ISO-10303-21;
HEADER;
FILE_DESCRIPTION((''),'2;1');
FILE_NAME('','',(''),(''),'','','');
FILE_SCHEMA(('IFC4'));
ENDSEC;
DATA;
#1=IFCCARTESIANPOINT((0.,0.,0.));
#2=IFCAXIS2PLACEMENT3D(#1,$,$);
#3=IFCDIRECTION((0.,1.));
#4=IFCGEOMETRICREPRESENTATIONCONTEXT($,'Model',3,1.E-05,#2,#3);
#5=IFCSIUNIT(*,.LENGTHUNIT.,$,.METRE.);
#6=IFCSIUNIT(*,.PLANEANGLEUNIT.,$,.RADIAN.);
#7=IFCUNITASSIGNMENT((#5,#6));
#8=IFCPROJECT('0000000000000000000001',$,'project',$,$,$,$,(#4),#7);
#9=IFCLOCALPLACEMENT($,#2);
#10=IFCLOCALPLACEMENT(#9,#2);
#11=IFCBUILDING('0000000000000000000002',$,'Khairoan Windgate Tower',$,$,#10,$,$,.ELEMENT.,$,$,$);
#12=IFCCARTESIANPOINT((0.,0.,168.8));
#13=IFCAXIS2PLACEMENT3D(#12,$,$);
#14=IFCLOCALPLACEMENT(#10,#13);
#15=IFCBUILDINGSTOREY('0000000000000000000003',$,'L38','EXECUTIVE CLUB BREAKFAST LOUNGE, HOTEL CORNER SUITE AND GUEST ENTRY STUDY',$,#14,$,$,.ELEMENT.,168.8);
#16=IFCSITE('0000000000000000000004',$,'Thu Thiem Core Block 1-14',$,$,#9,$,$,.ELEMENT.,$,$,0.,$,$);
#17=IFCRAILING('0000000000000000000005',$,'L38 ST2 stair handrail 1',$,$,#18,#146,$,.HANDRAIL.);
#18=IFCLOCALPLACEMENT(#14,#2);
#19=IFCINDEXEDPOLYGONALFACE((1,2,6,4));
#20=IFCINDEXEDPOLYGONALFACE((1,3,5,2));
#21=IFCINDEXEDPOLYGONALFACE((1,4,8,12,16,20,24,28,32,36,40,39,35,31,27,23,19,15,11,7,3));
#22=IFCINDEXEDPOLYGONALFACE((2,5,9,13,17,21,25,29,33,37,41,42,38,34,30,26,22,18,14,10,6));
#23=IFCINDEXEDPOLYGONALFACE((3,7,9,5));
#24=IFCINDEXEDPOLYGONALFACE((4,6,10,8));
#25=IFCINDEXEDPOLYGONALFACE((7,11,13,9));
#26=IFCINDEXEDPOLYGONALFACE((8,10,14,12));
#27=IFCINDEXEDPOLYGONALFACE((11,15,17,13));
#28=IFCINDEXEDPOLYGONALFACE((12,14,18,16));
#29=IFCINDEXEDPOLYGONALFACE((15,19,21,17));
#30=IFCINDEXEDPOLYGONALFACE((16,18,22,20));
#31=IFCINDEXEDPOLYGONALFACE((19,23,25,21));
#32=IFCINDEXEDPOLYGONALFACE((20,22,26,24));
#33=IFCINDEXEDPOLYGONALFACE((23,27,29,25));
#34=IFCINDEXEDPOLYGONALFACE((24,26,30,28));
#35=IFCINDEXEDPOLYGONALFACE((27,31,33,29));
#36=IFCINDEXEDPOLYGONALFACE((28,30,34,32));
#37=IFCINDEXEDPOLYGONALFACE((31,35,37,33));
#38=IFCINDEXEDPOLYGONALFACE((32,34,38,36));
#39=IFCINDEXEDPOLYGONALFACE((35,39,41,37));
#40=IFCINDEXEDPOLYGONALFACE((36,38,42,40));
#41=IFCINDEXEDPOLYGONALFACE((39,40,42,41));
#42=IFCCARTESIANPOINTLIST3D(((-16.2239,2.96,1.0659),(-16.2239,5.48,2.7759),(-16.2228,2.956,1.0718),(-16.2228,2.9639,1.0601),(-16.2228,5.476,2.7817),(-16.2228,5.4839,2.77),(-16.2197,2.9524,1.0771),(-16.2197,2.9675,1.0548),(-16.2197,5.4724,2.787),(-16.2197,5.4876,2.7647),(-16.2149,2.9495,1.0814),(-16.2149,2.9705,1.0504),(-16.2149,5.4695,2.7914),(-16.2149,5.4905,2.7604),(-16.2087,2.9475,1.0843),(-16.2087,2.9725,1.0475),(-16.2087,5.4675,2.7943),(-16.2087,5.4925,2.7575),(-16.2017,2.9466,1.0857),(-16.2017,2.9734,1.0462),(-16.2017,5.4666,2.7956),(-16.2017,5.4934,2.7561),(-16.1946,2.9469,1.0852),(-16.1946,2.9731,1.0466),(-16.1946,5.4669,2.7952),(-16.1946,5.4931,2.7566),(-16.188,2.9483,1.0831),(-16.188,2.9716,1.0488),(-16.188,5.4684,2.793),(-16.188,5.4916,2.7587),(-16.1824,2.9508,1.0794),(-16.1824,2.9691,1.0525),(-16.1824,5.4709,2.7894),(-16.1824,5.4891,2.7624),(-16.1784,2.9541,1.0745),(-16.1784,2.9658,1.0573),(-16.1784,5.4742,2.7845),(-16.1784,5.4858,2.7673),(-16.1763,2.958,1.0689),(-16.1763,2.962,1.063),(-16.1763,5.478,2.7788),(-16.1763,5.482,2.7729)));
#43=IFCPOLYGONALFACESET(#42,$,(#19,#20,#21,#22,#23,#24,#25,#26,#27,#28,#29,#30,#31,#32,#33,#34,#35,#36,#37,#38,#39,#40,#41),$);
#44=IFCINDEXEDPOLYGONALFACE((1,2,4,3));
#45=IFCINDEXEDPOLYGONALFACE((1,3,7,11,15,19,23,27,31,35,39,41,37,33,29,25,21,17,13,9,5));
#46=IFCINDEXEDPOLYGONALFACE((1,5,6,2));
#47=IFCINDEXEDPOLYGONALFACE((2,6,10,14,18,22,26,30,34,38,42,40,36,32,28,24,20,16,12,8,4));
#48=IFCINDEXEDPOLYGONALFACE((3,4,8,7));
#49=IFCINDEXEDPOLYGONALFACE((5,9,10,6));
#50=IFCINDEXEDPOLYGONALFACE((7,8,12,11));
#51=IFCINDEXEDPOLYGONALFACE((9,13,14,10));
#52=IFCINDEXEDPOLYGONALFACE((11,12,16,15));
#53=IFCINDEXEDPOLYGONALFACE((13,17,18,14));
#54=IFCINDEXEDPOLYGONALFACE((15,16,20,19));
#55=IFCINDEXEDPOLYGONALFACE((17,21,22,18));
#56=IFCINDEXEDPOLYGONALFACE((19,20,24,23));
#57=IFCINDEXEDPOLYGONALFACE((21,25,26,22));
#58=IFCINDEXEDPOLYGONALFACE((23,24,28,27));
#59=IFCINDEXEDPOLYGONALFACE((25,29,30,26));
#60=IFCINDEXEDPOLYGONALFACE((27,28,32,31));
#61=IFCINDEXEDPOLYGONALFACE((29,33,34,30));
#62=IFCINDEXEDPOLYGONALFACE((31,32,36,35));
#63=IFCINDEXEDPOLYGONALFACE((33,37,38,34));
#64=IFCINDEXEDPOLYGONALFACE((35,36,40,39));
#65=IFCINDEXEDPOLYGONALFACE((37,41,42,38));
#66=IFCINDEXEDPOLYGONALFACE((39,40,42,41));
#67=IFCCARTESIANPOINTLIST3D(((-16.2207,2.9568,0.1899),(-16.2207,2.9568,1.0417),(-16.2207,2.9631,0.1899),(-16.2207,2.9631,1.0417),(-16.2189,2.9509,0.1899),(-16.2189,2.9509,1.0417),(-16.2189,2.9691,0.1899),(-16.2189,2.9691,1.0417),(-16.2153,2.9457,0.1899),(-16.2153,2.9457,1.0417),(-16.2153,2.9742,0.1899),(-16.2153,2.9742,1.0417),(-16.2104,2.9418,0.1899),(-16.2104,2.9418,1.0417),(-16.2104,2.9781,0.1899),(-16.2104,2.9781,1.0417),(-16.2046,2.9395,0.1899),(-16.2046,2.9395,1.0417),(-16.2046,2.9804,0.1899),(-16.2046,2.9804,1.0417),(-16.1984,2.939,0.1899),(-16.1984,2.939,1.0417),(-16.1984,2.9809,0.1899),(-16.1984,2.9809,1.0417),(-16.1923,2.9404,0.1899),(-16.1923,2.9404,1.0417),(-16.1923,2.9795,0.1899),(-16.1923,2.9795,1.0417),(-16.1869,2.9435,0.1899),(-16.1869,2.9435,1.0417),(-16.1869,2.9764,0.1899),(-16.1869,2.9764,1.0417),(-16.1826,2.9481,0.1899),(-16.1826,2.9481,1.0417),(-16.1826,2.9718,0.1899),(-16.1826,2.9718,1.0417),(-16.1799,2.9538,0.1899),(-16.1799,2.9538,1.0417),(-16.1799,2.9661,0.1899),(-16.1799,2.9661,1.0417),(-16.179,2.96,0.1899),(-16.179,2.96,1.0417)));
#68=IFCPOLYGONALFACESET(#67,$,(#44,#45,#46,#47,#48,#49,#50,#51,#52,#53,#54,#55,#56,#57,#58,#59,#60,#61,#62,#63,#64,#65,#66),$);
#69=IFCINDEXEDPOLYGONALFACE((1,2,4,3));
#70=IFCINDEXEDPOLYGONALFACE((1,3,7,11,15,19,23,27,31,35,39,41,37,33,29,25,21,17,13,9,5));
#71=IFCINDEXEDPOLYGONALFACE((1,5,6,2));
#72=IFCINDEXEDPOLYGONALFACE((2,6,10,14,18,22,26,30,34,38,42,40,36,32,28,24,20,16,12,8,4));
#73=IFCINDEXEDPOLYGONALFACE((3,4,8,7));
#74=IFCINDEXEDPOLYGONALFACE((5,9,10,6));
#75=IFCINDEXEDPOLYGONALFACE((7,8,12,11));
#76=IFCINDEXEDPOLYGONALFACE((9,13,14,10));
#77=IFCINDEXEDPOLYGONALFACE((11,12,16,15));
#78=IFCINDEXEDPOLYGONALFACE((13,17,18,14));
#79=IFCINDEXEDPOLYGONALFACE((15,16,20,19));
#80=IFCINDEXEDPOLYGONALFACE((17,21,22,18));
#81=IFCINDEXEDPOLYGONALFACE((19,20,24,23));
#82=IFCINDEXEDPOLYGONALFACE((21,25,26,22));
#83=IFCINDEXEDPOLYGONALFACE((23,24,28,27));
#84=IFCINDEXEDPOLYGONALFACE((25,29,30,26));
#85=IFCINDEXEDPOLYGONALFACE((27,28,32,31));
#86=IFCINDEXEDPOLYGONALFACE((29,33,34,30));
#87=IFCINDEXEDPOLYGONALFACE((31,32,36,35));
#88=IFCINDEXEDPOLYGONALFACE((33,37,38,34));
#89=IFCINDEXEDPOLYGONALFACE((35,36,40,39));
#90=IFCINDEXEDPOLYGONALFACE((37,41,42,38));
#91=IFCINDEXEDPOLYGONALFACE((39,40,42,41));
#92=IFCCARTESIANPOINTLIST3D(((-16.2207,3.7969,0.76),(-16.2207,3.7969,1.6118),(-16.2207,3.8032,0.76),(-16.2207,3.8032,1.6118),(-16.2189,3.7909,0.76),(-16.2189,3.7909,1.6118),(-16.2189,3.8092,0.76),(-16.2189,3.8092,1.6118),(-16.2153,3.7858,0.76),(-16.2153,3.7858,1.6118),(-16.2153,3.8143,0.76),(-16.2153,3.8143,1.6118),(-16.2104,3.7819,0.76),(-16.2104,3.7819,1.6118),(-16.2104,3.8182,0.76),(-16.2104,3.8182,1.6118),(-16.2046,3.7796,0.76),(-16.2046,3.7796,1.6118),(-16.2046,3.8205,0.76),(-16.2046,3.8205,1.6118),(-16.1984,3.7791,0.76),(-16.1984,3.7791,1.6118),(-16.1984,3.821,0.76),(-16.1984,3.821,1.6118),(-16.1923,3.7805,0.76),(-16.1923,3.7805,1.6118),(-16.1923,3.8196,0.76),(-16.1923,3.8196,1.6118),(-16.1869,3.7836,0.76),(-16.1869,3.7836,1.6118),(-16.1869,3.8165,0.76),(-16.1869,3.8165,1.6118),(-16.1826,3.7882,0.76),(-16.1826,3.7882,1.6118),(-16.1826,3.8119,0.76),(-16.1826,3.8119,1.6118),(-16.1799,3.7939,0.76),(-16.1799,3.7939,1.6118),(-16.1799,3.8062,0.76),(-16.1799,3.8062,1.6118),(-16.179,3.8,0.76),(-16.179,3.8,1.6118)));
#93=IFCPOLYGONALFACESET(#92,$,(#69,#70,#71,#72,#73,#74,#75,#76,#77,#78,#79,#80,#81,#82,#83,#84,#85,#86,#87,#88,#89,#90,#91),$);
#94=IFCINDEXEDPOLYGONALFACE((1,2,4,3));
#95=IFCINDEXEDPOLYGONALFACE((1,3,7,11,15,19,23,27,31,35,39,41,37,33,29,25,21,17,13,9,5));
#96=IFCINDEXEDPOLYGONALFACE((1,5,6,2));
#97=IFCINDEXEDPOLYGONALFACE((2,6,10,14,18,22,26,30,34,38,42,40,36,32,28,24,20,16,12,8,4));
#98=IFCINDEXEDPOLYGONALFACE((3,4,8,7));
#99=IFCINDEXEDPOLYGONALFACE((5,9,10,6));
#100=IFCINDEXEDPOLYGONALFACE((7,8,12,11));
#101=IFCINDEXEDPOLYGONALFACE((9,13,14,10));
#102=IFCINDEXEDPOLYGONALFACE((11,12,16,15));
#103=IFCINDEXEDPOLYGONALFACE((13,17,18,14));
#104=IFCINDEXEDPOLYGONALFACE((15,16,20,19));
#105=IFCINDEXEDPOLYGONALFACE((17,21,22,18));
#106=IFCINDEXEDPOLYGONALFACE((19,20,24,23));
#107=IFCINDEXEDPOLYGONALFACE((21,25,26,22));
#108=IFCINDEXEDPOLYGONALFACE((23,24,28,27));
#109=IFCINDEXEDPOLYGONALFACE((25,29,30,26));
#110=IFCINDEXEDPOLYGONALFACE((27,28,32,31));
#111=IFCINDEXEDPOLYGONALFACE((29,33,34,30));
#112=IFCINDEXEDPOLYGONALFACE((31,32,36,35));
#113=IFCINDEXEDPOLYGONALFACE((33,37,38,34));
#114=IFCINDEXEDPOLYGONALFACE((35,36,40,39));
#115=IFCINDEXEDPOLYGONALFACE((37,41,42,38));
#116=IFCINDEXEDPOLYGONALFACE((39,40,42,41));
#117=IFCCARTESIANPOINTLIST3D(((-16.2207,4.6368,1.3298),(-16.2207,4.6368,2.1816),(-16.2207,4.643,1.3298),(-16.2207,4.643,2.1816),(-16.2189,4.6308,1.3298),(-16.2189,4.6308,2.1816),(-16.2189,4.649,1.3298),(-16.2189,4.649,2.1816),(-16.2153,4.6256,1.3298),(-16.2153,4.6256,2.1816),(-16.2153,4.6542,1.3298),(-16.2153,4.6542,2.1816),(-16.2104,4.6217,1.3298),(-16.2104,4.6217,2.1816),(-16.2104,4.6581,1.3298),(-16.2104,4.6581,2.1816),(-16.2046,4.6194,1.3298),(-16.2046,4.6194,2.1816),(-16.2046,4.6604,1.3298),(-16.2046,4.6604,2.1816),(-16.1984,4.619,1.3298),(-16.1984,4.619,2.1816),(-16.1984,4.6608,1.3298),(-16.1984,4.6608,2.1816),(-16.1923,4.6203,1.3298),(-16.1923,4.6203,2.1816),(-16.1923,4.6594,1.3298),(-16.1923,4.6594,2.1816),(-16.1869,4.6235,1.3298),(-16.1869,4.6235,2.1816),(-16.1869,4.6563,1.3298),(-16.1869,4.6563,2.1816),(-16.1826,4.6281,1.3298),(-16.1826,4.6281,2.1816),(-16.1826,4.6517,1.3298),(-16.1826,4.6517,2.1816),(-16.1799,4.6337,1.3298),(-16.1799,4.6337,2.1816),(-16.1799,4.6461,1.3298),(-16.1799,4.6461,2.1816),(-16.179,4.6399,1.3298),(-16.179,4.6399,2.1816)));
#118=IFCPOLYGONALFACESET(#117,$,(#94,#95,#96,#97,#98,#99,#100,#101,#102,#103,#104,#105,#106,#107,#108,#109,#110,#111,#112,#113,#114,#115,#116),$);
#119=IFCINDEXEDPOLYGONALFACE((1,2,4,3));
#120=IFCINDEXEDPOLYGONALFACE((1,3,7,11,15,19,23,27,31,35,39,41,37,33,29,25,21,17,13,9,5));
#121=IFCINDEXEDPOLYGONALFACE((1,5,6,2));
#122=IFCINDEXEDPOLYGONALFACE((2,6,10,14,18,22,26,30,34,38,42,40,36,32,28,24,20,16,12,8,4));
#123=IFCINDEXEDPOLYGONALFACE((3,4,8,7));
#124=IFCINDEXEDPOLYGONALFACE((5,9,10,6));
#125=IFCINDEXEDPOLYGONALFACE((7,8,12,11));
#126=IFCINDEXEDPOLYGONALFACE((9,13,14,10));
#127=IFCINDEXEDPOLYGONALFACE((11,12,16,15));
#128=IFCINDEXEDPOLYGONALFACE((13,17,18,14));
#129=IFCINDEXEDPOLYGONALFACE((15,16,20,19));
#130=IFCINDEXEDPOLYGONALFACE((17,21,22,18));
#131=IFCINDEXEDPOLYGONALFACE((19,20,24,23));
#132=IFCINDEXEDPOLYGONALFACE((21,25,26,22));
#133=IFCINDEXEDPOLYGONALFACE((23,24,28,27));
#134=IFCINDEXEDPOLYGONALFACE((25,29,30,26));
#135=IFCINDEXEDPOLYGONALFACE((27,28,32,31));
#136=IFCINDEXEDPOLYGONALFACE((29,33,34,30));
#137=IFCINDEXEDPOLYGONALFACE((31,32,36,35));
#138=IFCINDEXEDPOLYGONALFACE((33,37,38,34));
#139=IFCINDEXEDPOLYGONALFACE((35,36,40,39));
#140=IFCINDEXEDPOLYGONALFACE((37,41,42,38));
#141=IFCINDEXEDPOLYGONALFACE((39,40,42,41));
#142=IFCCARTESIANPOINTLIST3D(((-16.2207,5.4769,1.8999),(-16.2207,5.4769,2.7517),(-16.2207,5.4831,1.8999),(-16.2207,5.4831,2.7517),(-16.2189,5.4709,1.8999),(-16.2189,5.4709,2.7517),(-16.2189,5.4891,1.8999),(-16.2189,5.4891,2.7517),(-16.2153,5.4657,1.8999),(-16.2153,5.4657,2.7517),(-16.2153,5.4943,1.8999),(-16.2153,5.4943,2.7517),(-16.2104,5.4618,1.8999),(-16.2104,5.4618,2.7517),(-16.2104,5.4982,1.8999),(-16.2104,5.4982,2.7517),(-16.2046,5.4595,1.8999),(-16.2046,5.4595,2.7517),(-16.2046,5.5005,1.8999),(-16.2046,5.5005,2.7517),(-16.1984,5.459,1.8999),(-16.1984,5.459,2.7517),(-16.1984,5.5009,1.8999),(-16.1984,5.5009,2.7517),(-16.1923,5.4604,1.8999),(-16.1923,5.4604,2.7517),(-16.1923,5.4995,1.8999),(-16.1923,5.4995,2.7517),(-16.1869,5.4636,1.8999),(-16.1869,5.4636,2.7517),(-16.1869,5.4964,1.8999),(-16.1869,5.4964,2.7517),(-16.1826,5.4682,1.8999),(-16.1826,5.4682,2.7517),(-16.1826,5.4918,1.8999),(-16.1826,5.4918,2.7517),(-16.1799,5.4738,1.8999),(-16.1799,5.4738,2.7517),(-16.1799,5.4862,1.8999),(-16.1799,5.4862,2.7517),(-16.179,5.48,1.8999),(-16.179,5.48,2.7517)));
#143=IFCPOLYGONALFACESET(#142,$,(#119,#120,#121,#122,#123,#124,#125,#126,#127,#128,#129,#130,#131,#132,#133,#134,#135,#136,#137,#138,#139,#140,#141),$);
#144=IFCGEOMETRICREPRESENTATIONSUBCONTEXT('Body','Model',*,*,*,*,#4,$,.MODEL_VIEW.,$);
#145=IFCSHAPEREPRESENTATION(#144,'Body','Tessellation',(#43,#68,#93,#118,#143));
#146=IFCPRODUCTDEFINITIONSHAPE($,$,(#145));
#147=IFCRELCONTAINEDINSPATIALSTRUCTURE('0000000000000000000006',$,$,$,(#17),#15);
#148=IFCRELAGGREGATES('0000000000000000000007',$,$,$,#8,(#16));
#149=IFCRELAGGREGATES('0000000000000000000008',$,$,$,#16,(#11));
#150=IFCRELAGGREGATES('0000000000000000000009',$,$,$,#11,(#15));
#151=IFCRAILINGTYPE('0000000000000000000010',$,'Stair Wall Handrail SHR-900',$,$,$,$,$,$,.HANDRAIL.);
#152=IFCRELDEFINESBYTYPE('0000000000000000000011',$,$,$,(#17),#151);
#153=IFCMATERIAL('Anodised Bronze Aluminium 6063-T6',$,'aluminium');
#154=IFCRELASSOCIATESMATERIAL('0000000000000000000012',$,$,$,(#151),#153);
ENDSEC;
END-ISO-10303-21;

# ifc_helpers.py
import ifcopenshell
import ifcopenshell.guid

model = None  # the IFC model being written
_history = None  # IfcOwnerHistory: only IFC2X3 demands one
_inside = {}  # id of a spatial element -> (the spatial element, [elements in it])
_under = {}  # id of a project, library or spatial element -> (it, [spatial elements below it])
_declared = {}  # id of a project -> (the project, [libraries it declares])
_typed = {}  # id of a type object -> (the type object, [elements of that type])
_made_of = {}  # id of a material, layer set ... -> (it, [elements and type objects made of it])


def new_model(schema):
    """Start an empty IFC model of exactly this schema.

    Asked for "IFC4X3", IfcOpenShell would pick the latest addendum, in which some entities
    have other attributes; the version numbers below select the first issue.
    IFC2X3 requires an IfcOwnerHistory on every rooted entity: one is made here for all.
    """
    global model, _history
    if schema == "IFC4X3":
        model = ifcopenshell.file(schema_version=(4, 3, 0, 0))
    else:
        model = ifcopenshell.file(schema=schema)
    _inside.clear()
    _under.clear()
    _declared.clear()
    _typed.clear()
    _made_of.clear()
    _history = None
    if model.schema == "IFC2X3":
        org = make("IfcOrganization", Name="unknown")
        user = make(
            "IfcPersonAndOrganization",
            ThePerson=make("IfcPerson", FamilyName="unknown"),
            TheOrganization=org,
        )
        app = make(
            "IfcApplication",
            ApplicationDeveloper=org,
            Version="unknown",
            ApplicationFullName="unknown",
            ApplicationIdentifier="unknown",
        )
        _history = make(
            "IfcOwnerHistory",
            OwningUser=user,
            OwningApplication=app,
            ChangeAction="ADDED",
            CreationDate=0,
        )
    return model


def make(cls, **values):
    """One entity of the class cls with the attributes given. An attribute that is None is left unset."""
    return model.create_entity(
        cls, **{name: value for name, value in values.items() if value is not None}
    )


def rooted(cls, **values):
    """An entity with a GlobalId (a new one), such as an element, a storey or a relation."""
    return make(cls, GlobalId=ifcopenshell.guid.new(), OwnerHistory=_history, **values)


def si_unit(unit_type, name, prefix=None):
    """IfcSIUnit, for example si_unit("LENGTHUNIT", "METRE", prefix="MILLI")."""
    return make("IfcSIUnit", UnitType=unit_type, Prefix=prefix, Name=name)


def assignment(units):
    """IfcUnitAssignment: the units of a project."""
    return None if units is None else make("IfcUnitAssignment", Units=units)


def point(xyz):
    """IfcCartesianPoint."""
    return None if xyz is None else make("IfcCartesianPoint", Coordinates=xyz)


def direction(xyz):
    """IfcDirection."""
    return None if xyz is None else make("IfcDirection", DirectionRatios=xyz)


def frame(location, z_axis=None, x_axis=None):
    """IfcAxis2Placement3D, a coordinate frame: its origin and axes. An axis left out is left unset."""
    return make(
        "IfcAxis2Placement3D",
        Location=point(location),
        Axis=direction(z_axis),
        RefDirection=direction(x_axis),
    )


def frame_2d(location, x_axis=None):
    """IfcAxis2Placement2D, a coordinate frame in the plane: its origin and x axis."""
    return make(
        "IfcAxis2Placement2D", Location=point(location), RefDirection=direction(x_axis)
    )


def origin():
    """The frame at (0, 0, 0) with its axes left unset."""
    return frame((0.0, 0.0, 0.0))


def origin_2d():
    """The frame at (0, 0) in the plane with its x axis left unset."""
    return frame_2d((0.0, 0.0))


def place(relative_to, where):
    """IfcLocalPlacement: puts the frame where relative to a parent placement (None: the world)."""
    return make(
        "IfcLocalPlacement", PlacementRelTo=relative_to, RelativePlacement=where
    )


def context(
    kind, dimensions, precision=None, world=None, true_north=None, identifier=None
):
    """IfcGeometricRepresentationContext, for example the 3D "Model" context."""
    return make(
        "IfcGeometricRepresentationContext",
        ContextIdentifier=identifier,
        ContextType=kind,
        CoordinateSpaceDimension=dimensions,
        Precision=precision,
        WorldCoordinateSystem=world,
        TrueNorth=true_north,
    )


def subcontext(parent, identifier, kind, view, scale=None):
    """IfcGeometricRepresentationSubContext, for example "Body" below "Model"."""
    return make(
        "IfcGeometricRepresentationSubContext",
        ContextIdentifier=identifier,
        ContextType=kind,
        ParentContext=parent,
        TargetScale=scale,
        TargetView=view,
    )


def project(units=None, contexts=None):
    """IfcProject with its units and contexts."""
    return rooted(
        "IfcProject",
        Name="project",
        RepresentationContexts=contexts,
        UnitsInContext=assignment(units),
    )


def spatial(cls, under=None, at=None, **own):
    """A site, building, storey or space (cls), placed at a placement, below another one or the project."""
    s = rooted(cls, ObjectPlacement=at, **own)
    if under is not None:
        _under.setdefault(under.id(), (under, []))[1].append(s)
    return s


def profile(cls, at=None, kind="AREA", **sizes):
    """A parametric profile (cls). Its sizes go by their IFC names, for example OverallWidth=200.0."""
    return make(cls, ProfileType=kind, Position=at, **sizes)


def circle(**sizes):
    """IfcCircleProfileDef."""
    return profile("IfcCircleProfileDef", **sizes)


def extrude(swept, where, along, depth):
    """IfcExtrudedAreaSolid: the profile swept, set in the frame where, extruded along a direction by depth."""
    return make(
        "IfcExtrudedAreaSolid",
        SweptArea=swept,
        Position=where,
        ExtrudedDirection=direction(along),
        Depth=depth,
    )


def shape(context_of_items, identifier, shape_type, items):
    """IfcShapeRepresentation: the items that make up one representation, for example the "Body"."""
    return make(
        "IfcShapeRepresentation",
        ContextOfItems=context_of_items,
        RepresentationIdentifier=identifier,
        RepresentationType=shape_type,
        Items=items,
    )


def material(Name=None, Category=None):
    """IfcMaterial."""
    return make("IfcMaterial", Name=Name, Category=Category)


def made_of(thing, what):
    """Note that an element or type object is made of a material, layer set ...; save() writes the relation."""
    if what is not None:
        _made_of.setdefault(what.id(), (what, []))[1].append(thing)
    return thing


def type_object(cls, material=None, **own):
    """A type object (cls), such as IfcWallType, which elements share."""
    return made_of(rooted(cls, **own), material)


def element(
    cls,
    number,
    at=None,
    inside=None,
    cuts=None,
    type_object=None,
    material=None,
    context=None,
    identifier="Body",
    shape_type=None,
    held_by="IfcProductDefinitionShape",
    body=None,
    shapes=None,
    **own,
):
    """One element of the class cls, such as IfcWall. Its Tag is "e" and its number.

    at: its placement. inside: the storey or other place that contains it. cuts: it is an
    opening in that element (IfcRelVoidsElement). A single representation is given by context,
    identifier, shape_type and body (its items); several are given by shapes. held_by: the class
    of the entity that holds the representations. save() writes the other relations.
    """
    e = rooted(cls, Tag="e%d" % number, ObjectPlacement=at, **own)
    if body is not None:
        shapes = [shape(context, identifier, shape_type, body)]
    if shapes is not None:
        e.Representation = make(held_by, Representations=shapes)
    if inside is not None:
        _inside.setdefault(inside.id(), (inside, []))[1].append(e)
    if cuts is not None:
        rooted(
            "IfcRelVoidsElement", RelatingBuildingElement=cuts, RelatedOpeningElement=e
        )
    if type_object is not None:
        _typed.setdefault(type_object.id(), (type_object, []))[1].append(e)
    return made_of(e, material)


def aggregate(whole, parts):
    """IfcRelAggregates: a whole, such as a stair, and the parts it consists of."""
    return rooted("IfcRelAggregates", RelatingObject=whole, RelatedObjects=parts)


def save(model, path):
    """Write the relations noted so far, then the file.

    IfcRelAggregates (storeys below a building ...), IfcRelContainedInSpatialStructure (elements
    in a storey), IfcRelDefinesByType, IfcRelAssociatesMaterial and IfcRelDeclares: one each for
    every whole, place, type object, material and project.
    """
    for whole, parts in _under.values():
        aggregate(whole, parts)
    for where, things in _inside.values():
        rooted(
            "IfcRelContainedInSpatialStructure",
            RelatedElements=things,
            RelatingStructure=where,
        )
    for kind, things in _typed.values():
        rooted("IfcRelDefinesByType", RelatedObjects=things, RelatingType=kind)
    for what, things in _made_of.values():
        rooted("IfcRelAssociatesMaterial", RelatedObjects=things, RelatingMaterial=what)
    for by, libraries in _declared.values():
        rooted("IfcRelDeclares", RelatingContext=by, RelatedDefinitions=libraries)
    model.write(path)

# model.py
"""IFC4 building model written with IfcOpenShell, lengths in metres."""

from ifc_helpers import new_model, si_unit, direction, frame, origin, origin_2d, place, context, subcontext, project, spatial, circle, extrude, material, type_object, element, save


model = new_model("IFC4")

# Units and contexts
model_context = context("Model", 3, precision=1e-05, world=origin(), true_north=direction((0.0, 1.0)))
body_context = subcontext(model_context, "Body", "Model", "MODEL_VIEW")
ifc_project = project(units=[si_unit("LENGTHUNIT", "METRE"), si_unit("PLANEANGLEUNIT", "RADIAN")], contexts=[model_context])

# Site, building, storey
site_placement = place(None, origin())
site = spatial("IfcSite", under=ifc_project, at=site_placement, Name="Thu Thiem Core Block 1-14", CompositionType="ELEMENT", RefElevation=0.0)
building_placement = place(site_placement, origin())
building = spatial("IfcBuilding", under=site, at=building_placement, Name="Khairoan Windgate Tower", CompositionType="ELEMENT")
storey_placement = place(building_placement, frame((0.0, 0.0, 168.8)))
storey = spatial("IfcBuildingStorey", under=building, at=storey_placement, Name="L38", Description="EXECUTIVE CLUB BREAKFAST LOUNGE, HOTEL CORNER SUITE AND GUEST ENTRY STUDY", CompositionType="ELEMENT", Elevation=168.8)

# Railing
ifc_material_1 = material(Name="Anodised Bronze Aluminium 6063-T6", Category="aluminium")
railing_type_1 = type_object("IfcRailingType", Name="Stair Wall Handrail SHR-900", PredefinedType="HANDRAIL", material=ifc_material_1)
railing_1_placement = place(storey_placement, frame((-16.2, 2.96, 0.1899)))
element("IfcRailing", 1, at=railing_1_placement, inside=storey, type_object=railing_type_1, Name="L38 ST2 stair handrail 1", PredefinedType="HANDRAIL", context=body_context, shape_type="SweptSolid", body=[
    extrude(circle(Radius=0.0239, at=origin_2d()), frame((0.0, 0.0, 0.876), z_axis=(0.0, 0.827484, 0.56149), x_axis=(-1.0, 0.0, 0.0)), (0.0, 0.0, 1.0), 3.0454),
    extrude(circle(Radius=0.021, at=origin_2d()), origin(), (0.0, 0.0, 1.0), 0.8518),
    extrude(circle(Radius=0.021, at=origin_2d()), frame((0.0, 0.8401, 0.5701)), (0.0, 0.0, 1.0), 0.8518),
    extrude(circle(Radius=0.021, at=origin_2d()), frame((0.0, 1.6799, 1.1399)), (0.0, 0.0, 1.0), 0.8518),
    extrude(circle(Radius=0.021, at=origin_2d()), frame((0.0, 2.52, 1.71)), (0.0, 0.0, 1.0), 0.8518),
])

save(model, "model.ifc")
